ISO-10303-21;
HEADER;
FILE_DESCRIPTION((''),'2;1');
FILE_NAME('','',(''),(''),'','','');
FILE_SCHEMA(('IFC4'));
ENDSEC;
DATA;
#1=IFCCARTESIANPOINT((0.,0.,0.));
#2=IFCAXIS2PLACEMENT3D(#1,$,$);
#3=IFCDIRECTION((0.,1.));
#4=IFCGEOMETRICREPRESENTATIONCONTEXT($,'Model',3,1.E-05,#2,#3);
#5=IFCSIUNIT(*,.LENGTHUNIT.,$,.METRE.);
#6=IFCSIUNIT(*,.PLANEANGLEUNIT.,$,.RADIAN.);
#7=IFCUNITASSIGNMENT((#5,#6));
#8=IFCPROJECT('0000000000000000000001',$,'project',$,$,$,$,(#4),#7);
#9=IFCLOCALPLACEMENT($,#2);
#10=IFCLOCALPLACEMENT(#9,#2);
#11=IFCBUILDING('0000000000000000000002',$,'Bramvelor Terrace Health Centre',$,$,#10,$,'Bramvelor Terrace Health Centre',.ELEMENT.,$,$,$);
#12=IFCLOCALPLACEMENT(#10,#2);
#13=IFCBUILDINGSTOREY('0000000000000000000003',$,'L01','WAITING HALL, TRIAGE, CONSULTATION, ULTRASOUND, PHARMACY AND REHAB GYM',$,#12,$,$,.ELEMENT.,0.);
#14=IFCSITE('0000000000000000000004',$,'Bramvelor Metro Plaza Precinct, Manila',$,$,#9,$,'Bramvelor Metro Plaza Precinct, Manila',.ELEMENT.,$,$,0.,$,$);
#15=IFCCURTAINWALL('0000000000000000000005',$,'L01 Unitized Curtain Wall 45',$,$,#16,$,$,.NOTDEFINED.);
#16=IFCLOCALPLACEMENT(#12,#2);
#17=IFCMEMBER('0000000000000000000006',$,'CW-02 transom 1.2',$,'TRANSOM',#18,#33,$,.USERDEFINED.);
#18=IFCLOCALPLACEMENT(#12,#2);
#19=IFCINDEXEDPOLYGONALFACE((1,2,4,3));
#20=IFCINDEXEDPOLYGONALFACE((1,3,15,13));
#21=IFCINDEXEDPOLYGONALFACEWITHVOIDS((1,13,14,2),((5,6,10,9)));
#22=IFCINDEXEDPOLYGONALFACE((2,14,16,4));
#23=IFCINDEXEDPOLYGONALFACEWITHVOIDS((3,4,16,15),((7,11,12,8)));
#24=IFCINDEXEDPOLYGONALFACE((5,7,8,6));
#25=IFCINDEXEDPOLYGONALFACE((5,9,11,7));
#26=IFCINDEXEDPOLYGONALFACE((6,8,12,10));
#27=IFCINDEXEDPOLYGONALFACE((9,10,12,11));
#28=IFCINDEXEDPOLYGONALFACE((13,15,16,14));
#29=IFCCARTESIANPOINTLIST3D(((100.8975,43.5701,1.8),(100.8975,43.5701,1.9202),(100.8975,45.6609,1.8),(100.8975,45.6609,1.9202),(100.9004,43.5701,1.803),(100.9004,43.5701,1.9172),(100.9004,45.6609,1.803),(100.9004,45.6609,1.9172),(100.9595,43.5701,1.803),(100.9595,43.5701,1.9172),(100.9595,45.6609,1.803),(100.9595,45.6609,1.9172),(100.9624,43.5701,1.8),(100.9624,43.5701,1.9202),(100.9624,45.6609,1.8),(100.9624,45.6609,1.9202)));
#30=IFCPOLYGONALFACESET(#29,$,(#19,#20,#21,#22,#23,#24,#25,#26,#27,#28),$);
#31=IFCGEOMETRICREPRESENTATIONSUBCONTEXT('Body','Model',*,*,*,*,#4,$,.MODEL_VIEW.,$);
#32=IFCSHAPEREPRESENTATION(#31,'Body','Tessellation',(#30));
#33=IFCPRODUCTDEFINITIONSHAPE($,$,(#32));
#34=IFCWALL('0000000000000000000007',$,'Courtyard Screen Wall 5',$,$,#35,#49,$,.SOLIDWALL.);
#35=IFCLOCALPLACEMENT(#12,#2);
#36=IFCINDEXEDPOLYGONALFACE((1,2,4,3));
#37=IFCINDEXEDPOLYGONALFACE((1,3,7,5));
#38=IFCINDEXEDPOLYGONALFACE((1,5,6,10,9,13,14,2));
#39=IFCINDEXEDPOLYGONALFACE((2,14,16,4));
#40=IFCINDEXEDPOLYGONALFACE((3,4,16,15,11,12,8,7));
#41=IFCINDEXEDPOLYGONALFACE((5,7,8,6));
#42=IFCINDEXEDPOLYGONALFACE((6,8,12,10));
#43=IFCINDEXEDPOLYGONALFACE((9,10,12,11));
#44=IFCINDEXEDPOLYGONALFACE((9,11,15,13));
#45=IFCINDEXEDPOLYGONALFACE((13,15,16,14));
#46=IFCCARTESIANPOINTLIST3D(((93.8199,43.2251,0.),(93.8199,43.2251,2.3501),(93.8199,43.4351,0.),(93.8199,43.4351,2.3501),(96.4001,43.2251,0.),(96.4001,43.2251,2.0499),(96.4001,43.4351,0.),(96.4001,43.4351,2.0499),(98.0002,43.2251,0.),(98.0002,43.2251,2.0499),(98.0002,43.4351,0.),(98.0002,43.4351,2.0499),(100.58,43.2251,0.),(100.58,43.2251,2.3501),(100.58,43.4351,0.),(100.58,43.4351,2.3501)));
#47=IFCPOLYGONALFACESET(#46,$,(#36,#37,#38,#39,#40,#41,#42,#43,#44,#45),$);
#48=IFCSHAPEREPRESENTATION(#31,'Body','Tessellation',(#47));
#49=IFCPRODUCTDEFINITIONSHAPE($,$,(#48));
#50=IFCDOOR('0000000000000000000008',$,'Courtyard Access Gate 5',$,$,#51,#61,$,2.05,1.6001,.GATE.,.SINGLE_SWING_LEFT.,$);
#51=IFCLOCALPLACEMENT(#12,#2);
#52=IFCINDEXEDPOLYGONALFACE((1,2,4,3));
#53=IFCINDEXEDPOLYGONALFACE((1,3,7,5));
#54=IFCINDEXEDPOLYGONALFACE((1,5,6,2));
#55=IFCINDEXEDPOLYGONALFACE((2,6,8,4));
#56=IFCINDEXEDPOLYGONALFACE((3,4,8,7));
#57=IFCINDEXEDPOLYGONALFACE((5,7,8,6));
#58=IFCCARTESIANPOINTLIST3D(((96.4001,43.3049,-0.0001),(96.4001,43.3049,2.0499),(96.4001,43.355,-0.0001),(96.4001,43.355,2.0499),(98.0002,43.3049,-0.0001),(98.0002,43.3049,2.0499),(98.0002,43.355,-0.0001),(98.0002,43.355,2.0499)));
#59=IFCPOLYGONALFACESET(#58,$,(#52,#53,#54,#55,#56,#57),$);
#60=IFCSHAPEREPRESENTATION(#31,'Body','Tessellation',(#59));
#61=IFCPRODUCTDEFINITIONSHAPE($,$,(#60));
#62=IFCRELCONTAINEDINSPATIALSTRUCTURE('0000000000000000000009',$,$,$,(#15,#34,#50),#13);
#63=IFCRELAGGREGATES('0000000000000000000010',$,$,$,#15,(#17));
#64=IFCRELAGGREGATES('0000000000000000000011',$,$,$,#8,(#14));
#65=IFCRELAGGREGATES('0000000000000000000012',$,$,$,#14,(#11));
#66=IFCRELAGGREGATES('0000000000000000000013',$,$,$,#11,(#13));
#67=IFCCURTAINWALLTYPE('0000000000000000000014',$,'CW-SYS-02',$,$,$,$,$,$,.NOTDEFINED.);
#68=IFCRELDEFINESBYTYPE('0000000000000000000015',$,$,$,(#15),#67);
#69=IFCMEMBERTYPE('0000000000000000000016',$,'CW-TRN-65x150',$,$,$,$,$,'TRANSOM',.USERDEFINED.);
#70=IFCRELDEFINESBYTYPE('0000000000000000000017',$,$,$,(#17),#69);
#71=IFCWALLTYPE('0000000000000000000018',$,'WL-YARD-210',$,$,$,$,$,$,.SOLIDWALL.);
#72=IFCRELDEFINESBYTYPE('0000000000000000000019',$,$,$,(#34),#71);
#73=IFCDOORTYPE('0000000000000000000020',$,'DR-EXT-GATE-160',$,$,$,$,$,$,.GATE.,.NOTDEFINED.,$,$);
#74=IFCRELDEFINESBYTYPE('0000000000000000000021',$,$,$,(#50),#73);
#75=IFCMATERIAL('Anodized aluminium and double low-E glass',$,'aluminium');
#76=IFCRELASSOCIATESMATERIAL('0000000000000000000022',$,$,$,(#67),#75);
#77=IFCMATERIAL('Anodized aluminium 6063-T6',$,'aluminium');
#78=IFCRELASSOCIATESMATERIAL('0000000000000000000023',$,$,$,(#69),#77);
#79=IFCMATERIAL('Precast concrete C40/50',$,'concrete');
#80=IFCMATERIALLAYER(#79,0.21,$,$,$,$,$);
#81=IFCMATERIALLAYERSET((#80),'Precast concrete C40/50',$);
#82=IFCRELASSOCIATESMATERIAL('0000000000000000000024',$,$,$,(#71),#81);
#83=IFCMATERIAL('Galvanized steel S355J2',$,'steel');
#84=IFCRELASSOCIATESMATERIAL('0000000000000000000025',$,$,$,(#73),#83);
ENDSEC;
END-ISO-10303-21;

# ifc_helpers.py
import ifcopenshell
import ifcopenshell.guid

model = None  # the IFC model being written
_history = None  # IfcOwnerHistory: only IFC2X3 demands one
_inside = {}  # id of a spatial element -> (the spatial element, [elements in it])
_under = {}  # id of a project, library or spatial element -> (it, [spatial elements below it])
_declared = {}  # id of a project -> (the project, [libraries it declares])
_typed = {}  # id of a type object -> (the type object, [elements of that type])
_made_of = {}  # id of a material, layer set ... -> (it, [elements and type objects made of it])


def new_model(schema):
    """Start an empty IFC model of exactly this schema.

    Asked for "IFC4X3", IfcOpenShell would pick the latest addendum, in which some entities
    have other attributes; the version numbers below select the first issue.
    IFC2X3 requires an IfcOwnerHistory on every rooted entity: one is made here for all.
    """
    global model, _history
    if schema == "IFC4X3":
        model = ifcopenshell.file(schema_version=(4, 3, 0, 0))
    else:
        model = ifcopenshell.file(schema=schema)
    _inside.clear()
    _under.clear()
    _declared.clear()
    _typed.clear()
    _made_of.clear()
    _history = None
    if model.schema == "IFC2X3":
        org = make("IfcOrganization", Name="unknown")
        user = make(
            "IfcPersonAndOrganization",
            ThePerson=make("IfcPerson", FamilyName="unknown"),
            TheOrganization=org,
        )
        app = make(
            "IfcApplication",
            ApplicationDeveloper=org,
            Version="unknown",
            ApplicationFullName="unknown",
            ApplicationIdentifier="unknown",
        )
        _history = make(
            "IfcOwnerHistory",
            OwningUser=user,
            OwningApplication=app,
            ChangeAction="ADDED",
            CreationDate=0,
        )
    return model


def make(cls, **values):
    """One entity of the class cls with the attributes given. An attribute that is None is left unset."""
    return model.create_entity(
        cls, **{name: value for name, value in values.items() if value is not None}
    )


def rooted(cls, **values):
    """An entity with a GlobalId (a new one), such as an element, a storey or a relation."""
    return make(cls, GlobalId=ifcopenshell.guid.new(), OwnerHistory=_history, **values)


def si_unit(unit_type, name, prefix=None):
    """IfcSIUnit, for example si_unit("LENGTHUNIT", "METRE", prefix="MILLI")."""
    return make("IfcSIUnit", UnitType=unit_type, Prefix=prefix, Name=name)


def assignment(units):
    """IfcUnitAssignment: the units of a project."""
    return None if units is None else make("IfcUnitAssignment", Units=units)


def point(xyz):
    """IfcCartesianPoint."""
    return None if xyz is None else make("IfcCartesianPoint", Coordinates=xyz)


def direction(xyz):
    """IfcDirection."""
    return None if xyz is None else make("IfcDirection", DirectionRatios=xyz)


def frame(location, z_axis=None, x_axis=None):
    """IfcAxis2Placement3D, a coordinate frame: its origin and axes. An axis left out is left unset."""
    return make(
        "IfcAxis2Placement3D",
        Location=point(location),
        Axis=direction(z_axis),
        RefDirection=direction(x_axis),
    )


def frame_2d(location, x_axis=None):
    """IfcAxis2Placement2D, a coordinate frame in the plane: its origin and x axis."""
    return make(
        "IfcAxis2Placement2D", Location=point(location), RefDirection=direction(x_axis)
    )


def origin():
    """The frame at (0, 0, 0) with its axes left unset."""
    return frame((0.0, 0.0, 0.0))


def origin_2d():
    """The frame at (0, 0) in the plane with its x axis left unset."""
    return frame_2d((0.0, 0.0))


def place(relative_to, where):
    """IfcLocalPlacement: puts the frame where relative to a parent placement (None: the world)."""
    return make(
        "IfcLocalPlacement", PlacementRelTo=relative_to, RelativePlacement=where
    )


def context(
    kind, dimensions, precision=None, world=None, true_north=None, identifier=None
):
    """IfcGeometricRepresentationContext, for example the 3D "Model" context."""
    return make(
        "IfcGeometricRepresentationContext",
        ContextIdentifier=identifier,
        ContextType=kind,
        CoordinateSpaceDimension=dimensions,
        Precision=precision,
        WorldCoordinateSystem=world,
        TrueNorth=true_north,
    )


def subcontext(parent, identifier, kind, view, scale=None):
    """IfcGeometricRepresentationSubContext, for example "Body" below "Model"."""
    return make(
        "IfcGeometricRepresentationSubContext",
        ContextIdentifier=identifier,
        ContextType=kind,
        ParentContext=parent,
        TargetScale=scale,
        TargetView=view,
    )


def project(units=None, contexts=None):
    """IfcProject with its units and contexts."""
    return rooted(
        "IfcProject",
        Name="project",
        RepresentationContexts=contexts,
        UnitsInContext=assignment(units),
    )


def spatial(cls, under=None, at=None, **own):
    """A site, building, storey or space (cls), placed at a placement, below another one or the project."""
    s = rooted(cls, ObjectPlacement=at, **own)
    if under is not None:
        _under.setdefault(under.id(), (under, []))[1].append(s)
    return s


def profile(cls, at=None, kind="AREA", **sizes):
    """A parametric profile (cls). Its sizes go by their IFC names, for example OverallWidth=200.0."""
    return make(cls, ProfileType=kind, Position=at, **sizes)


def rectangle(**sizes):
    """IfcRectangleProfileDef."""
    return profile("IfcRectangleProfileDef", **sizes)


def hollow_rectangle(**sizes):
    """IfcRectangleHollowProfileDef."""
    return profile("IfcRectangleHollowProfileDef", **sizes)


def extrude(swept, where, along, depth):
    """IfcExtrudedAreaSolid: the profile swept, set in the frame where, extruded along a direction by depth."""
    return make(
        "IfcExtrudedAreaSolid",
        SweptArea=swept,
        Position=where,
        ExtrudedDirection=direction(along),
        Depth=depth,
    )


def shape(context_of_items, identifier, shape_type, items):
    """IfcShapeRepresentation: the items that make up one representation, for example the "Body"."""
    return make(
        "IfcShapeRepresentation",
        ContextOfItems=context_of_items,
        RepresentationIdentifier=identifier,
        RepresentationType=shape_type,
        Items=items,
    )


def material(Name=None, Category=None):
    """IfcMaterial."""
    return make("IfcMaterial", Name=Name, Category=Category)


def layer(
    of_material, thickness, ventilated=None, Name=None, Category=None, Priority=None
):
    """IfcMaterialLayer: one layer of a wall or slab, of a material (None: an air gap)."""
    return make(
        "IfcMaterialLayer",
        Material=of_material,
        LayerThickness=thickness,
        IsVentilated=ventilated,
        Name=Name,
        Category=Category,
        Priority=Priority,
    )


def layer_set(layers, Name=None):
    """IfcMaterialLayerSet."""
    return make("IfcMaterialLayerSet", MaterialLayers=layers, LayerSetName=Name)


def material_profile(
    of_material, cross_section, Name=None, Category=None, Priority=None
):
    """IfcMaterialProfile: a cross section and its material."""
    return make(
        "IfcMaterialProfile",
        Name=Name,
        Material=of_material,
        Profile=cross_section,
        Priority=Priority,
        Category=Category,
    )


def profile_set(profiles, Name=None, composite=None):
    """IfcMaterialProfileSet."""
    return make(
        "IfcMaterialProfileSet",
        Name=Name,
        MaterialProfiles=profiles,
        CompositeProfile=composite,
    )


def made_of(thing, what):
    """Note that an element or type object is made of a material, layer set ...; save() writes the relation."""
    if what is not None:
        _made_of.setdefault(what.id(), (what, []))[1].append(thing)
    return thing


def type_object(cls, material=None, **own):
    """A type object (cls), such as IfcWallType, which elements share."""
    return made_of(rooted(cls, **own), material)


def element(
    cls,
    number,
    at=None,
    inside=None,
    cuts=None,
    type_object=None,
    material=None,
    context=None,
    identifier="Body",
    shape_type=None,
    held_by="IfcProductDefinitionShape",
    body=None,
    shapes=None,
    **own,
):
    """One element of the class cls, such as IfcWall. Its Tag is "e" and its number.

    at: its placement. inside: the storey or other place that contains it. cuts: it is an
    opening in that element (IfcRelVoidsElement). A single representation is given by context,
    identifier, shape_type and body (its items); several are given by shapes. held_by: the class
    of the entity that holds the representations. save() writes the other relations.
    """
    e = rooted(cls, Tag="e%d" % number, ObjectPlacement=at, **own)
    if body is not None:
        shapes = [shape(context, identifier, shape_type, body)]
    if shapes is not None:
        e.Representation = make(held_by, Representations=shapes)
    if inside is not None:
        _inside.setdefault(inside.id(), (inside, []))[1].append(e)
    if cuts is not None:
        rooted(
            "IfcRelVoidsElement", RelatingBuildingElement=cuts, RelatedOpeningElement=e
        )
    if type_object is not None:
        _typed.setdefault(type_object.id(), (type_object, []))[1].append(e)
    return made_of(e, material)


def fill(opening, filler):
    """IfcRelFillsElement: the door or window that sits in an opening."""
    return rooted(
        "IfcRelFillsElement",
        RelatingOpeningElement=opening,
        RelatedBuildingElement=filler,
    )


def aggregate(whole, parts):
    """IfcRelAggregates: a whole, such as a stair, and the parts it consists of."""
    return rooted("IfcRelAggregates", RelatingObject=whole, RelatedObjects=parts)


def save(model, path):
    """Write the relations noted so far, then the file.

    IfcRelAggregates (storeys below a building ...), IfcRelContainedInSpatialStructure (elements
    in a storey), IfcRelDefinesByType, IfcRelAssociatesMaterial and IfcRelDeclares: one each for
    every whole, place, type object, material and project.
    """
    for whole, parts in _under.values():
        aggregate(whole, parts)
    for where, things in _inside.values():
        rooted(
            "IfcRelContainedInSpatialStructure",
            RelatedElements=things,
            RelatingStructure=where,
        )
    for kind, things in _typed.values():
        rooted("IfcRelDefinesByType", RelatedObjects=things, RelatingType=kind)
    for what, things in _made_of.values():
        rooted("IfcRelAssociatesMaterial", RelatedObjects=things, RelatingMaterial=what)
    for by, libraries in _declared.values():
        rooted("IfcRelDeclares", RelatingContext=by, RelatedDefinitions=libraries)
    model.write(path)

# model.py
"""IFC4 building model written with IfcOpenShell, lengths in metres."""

from ifc_helpers import new_model, si_unit, direction, frame, frame_2d, origin, origin_2d, place, context, subcontext, project, spatial, rectangle, hollow_rectangle, extrude, material, layer, layer_set, material_profile, profile_set, type_object, element, fill, aggregate, save


model = new_model("IFC4")

# Units and contexts
model_context = context("Model", 3, precision=1e-05, world=origin(), true_north=direction((0.0, 1.0)))
body_context = subcontext(model_context, "Body", "Model", "MODEL_VIEW")
ifc_project = project(units=[si_unit("LENGTHUNIT", "METRE"), si_unit("PLANEANGLEUNIT", "RADIAN")], contexts=[model_context])

# Site, building, storey
site_placement = place(None, origin())
site = spatial("IfcSite", under=ifc_project, at=site_placement, Name="Bramvelor Metro Plaza Precinct, Manila", LongName="Bramvelor Metro Plaza Precinct, Manila", CompositionType="ELEMENT", RefElevation=0.0)
building_placement = place(site_placement, origin())
building = spatial("IfcBuilding", under=site, at=building_placement, Name="Bramvelor Terrace Health Centre", LongName="Bramvelor Terrace Health Centre", CompositionType="ELEMENT")
storey_placement = place(building_placement, origin())
storey = spatial("IfcBuildingStorey", under=building, at=storey_placement, Name="L01", Description="WAITING HALL, TRIAGE, CONSULTATION, ULTRASOUND, PHARMACY AND REHAB GYM", CompositionType="ELEMENT", Elevation=0.0)

# Curtain wall
ifc_material_1 = material(Name="Anodized aluminium and double low-E glass", Category="aluminium")
curtain_wall_type = type_object("IfcCurtainWallType", Name="CW-SYS-02", PredefinedType="NOTDEFINED", material=ifc_material_1)
curtain_wall_1_placement = place(storey_placement, origin())
curtain_wall_1 = element("IfcCurtainWall", 1, at=curtain_wall_1_placement, inside=storey, type_object=curtain_wall_type, Name="L01 Unitized Curtain Wall 45", PredefinedType="NOTDEFINED")

# Member
ifc_material_2 = material(Name="Anodized aluminium 6063-T6", Category="aluminium")
ifc_material_profile_1 = material_profile(ifc_material_2, hollow_rectangle(XDim=0.0649, YDim=0.1201, WallThickness=0.0029, at=origin_2d()), Name="ALU-TRN 65x120x3.0")
ifc_profile_set_1 = profile_set([ifc_material_profile_1], Name="Anodized aluminium 6063-T6")
member_type_1 = type_object("IfcMemberType", Name="CW-TRN-65x150", ElementType="TRANSOM", PredefinedType="USERDEFINED", material=ifc_profile_set_1)
member_1_placement = place(storey_placement, frame((100.9299, 43.5701, 1.8601), z_axis=(0.0, 1.0, 0.0), x_axis=(-1.0, 0.0, 0.0)))
member_1 = element("IfcMember", 2, at=member_1_placement, type_object=member_type_1, Name="CW-02 transom 1.2", ObjectType="TRANSOM", PredefinedType="USERDEFINED", context=body_context, shape_type="SweptSolid", body=[
    extrude(hollow_rectangle(XDim=0.0649, YDim=0.1201, WallThickness=0.0029, at=origin_2d()), origin(), (0.0, 0.0, 1.0), 2.0908),
])
aggregate(curtain_wall_1, [member_1])

# Wall, opening, door
ifc_material_3 = material(Name="Precast concrete C40/50", Category="concrete")
ifc_layer = layer(ifc_material_3, 0.21)
ifc_layer_set = layer_set([ifc_layer], Name="Precast concrete C40/50")
wall_type = type_object("IfcWallType", Name="WL-YARD-210", PredefinedType="SOLIDWALL", material=ifc_layer_set)
wall_placement = place(storey_placement, frame((93.8201, 43.3301, 0.0), z_axis=(0.0, 0.0, 1.0), x_axis=(1.0, 0.0, 0.0)))
wall = element("IfcWall", 3, at=wall_placement, inside=storey, type_object=wall_type, Name="Courtyard Screen Wall 5", PredefinedType="SOLIDWALL", context=body_context, shape_type="SweptSolid", body=[
    extrude(rectangle(XDim=6.76, YDim=0.21, at=frame_2d((3.3799, 0.0))), origin(), (0.0, 0.0, 1.0), 2.3501),
])
opening_placement = place(wall_placement, frame((2.5801, 0.0, 0.0)))
opening = element("IfcOpeningElement", 4, at=opening_placement, cuts=wall, PredefinedType="OPENING", context=body_context, shape_type="SweptSolid", body=[
    extrude(rectangle(XDim=1.6001, YDim=2.05, at=frame_2d((0.8, 1.0249))), frame((0.0, 0.115, 0.0), z_axis=(0.0, -1.0, 0.0), x_axis=(1.0, 0.0, 0.0)), (0.0, 0.0, 1.0), 0.23),
])
ifc_material_4 = material(Name="Galvanized steel S355J2", Category="steel")
door_type = type_object("IfcDoorType", Name="DR-EXT-GATE-160", OperationType="NOTDEFINED", PredefinedType="GATE", material=ifc_material_4)
door_placement = place(opening_placement, origin())
door = element("IfcDoor", 5, at=door_placement, inside=storey, type_object=door_type, Name="Courtyard Access Gate 5", OperationType="SINGLE_SWING_LEFT", OverallHeight=2.05, OverallWidth=1.6001, PredefinedType="GATE", context=body_context, shape_type="SweptSolid", body=[
    extrude(rectangle(XDim=1.6001, YDim=2.05, at=frame_2d((0.8, 1.0249))), frame((0.0, 0.0249, 0.0), z_axis=(0.0, -1.0, 0.0), x_axis=(1.0, 0.0, 0.0)), (0.0, 0.0, 1.0), 0.05),
])
fill(opening, door)

save(model, "model.ifc")
